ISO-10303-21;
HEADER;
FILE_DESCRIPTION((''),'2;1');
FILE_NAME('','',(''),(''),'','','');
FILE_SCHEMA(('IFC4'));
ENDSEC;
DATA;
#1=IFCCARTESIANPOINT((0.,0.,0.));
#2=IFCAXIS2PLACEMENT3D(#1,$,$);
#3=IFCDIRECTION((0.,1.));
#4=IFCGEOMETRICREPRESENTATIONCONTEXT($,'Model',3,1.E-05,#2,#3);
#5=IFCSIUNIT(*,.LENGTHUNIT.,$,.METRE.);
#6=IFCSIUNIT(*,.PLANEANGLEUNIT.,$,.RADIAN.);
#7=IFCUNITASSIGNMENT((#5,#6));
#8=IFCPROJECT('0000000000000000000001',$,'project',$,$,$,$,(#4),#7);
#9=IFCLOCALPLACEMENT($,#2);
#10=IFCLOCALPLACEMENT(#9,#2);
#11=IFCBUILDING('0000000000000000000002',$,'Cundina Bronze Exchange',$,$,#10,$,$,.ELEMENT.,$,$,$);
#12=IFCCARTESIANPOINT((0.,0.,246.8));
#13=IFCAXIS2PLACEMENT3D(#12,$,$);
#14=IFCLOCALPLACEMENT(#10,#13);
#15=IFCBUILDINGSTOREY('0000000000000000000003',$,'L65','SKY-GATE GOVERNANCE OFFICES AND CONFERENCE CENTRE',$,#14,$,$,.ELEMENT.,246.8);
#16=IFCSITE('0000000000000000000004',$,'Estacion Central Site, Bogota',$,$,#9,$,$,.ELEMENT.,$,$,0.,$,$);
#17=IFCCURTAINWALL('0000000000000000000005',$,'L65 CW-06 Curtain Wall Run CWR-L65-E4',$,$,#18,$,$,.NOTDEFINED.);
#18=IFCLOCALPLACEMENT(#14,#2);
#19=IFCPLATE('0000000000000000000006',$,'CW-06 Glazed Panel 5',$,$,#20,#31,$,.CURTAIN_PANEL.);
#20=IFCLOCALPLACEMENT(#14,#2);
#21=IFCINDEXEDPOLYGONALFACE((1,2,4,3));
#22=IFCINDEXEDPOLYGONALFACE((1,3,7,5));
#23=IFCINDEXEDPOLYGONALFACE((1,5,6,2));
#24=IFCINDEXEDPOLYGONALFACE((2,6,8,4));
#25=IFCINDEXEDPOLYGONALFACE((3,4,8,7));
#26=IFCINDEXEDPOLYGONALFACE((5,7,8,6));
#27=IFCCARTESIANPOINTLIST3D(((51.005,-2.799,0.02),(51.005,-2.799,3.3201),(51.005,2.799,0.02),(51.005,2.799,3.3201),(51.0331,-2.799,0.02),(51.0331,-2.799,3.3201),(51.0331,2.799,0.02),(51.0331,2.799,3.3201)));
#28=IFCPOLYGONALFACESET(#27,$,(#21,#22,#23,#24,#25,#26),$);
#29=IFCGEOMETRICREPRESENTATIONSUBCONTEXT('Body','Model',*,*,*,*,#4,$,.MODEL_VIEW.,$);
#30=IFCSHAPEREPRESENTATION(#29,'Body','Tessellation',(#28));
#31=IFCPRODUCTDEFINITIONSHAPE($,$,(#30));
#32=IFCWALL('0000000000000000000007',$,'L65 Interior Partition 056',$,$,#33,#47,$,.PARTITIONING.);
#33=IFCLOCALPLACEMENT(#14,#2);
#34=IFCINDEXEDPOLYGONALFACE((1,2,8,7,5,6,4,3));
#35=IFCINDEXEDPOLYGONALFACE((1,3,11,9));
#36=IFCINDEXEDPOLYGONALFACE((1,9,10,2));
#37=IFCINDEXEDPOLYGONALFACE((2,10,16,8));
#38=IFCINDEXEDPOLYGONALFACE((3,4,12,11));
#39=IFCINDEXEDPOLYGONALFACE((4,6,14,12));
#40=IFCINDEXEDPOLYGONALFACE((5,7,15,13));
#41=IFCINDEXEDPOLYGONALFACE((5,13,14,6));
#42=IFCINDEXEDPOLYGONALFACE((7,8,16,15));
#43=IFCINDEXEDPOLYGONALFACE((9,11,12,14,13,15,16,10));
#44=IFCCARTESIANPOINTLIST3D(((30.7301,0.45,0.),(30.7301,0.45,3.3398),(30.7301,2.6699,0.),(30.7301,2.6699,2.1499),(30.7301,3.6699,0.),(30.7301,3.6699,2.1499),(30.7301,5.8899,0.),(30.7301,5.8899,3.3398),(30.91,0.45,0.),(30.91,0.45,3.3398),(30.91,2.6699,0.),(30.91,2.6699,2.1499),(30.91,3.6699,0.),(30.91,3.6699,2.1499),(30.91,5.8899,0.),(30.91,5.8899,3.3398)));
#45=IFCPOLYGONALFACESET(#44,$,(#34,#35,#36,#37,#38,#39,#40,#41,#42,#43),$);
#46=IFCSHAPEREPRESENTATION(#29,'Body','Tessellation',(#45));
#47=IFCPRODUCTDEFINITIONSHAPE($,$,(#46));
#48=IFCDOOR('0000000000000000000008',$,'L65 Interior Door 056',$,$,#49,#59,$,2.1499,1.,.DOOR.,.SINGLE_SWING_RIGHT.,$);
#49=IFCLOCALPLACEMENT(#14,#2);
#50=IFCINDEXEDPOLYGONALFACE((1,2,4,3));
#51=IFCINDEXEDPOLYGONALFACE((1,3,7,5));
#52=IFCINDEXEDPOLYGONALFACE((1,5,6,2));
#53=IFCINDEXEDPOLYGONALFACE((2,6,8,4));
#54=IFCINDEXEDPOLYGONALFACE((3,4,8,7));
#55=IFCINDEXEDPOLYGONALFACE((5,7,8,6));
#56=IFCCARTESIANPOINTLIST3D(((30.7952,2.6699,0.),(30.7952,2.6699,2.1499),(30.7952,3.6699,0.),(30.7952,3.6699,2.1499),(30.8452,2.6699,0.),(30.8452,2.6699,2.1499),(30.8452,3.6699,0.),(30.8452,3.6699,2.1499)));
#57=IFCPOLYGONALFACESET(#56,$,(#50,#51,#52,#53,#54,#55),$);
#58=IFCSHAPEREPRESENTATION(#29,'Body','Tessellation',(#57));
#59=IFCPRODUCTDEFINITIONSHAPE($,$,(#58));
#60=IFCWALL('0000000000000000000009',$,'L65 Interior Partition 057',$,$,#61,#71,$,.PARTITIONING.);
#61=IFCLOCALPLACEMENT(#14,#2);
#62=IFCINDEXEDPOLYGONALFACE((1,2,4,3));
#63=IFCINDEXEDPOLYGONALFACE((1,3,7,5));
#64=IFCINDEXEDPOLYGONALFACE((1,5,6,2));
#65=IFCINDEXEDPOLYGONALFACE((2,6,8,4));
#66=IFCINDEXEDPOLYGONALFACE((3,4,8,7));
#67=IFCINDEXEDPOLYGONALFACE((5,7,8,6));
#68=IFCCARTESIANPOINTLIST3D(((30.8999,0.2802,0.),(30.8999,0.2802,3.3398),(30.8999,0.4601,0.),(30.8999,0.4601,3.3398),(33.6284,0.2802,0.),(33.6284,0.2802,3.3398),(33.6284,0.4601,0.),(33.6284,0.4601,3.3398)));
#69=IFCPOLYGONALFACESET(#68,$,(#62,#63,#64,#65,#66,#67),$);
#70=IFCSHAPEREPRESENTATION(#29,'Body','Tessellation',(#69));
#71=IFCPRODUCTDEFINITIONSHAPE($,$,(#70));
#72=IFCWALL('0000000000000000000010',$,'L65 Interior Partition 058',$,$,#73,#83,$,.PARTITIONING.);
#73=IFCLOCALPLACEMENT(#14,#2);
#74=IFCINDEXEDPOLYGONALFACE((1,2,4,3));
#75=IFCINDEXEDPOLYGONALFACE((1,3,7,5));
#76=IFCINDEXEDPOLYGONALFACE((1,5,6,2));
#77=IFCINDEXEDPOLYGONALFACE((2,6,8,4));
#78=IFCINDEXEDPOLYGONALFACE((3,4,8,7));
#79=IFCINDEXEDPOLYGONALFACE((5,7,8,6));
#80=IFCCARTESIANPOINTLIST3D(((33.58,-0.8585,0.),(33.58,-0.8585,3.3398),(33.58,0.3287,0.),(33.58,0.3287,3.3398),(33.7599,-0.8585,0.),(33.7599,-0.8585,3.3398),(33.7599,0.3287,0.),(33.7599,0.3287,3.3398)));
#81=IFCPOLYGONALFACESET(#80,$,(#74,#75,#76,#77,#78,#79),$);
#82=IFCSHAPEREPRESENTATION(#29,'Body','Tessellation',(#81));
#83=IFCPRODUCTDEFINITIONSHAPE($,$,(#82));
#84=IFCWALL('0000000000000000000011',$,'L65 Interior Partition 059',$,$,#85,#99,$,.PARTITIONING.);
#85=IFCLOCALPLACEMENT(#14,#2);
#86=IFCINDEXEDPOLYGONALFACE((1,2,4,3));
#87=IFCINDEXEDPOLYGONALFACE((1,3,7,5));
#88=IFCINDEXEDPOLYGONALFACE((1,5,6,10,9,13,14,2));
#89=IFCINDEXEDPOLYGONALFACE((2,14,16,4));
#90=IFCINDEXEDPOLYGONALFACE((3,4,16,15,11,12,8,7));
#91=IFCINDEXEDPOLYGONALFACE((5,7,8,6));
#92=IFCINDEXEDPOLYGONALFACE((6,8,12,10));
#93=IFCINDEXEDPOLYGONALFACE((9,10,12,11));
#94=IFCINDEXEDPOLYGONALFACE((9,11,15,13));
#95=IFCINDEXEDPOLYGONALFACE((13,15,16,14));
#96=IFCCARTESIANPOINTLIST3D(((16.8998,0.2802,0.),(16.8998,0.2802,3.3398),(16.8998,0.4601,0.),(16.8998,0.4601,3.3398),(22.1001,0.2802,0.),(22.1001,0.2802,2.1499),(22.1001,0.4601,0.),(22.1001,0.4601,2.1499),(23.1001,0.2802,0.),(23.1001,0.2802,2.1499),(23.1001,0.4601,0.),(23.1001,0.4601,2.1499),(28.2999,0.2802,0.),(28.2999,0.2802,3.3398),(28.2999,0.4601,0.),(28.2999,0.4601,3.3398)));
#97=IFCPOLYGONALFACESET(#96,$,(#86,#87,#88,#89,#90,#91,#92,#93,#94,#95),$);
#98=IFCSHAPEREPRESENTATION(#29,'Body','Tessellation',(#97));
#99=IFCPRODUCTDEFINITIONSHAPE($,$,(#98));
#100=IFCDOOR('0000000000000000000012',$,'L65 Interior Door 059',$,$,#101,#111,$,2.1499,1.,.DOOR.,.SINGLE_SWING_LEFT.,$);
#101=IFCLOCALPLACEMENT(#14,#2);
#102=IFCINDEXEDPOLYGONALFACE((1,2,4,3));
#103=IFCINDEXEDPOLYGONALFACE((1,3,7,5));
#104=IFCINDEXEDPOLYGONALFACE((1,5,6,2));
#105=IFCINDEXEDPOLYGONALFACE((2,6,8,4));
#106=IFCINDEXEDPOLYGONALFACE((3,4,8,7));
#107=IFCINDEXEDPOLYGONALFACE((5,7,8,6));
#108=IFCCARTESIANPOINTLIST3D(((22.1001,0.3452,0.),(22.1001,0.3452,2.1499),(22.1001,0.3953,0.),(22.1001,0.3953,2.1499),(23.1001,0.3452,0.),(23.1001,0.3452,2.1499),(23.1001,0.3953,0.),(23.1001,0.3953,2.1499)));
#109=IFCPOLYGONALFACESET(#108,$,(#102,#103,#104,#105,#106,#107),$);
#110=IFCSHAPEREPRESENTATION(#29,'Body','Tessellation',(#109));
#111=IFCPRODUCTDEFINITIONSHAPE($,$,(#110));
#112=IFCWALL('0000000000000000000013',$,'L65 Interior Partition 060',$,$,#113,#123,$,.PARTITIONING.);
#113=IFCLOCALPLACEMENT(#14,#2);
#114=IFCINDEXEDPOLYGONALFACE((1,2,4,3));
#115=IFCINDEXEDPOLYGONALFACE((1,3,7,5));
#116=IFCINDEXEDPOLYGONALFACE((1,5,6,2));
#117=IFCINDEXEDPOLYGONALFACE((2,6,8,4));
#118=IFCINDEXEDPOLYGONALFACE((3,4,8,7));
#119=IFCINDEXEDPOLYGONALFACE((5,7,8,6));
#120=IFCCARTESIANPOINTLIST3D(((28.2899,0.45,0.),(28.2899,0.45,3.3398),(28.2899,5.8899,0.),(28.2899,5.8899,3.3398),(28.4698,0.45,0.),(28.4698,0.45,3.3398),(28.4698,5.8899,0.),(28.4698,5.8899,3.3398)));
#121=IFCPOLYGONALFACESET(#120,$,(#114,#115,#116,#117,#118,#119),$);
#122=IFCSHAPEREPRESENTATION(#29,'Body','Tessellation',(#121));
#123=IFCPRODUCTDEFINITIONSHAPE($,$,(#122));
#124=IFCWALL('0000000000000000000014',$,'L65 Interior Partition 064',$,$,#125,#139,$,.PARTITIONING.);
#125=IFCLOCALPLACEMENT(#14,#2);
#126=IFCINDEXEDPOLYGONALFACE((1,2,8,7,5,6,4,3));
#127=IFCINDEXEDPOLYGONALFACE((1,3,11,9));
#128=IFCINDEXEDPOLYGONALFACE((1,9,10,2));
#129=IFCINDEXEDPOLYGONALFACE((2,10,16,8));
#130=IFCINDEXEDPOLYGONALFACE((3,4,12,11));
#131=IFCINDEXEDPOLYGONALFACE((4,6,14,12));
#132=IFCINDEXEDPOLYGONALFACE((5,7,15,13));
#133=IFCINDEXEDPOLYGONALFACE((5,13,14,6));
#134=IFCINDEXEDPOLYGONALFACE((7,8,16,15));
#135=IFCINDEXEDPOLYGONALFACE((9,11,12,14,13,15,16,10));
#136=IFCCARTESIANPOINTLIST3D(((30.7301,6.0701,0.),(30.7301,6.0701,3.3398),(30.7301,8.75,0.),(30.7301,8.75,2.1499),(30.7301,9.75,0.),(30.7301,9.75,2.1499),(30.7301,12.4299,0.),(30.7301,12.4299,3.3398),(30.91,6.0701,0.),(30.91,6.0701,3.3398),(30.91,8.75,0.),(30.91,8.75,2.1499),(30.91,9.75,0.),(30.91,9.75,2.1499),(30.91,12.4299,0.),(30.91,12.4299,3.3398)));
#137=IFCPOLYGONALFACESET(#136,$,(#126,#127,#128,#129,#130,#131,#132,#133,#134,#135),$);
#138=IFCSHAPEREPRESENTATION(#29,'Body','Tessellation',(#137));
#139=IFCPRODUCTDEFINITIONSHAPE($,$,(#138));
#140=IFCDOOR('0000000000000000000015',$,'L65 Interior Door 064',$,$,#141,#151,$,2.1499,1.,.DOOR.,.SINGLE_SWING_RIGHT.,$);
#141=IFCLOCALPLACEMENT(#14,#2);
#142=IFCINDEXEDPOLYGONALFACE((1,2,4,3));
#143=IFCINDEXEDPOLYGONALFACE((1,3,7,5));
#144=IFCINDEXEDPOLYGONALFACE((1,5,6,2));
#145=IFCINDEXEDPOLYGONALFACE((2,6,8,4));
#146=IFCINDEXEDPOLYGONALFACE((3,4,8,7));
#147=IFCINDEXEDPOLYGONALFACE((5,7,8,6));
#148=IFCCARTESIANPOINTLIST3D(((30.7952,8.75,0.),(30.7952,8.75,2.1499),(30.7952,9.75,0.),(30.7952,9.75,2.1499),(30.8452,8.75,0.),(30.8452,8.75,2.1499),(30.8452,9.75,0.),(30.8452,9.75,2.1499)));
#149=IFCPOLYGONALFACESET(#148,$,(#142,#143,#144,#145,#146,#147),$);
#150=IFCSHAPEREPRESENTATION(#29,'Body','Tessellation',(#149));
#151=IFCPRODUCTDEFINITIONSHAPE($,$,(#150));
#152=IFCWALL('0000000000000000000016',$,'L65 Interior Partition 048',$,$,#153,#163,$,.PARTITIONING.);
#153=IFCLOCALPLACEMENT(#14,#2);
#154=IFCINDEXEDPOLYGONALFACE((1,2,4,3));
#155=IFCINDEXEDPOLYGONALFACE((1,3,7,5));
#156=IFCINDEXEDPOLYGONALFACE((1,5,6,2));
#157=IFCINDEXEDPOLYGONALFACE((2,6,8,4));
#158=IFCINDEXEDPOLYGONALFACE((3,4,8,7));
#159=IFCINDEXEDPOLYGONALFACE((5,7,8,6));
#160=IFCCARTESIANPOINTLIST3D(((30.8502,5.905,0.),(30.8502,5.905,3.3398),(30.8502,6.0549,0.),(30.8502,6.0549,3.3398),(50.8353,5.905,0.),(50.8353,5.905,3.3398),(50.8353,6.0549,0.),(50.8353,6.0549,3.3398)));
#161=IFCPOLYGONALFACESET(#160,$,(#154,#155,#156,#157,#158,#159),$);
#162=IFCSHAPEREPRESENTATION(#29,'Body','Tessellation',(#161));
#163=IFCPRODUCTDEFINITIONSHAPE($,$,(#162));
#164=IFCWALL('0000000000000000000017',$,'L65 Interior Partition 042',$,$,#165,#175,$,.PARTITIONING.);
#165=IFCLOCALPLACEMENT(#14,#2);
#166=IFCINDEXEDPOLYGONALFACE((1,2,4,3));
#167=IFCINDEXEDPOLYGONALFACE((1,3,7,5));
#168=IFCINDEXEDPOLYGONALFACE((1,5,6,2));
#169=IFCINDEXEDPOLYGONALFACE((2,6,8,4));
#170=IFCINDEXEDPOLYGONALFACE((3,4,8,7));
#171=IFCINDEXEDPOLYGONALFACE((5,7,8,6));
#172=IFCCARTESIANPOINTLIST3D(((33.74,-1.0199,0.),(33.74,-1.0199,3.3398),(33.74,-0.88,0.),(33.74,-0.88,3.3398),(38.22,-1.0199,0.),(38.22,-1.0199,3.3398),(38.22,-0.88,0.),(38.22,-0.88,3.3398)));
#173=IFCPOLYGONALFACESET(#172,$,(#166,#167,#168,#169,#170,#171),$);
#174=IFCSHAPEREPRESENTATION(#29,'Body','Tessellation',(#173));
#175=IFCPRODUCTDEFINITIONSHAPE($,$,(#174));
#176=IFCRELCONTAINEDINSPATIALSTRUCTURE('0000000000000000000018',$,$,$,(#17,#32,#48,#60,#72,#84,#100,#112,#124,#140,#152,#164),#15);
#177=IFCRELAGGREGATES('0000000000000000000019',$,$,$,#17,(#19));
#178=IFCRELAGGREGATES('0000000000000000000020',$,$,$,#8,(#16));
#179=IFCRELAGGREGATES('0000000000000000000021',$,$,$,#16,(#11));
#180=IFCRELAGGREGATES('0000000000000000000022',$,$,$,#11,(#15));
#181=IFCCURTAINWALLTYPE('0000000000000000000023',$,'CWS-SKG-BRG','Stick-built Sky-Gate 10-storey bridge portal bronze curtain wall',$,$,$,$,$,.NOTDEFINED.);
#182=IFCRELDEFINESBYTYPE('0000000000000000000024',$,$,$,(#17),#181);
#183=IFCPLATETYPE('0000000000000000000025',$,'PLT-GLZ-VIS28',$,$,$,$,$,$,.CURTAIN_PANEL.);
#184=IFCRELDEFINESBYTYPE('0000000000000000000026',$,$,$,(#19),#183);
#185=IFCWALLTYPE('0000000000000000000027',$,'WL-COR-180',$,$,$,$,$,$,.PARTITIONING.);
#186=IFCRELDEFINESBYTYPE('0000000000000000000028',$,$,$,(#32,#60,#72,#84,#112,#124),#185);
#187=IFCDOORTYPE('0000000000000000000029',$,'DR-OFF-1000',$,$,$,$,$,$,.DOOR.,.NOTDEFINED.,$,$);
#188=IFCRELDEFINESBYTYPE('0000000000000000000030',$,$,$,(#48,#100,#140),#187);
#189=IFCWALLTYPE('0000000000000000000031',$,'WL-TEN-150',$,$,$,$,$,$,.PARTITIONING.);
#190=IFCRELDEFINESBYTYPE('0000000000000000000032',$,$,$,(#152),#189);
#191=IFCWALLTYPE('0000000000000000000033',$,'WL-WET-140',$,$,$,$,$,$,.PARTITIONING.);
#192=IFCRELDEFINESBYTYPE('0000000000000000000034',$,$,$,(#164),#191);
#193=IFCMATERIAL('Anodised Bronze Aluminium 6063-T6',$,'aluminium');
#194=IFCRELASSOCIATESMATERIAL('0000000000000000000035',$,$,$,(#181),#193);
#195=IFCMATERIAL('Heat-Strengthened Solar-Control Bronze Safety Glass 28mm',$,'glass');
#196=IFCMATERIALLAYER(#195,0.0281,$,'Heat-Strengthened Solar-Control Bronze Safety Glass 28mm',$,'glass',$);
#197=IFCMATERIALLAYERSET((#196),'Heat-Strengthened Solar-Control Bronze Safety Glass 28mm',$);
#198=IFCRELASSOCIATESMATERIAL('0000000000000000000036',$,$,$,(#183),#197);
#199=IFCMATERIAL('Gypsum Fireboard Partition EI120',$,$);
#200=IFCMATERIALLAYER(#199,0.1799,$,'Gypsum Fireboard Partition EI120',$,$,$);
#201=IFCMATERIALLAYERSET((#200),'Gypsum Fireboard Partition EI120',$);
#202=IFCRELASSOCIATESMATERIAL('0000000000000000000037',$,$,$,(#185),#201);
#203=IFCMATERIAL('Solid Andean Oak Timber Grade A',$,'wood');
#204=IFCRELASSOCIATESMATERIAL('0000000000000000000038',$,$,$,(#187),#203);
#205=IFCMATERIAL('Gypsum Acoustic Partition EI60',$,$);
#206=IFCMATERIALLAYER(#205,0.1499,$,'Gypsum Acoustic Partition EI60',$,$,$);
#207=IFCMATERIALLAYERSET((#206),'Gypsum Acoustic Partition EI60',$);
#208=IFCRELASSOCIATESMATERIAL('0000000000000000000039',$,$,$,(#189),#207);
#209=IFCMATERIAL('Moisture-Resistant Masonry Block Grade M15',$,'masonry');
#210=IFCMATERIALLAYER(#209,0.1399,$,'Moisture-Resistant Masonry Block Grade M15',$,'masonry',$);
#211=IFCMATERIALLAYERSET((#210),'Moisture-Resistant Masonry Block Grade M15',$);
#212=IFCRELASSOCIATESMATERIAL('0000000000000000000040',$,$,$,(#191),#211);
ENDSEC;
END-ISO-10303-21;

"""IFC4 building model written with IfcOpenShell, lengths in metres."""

from ifc_helpers import new_model, si_unit, direction, frame, frame_2d, origin, origin_2d, place, context, subcontext, project, spatial, rectangle, extrude, material, layer, layer_set, type_object, element, fill, aggregate, save


model = new_model("IFC4")

# Units and contexts
model_context = context("Model", 3, precision=1e-05, world=origin(), true_north=direction((0.0, 1.0)))
body_context = subcontext(model_context, "Body", "Model", "MODEL_VIEW")
ifc_project = project(units=[si_unit("LENGTHUNIT", "METRE"), si_unit("PLANEANGLEUNIT", "RADIAN")], contexts=[model_context])

# Site, building, storey
site_placement = place(None, origin())
site = spatial("IfcSite", under=ifc_project, at=site_placement, Name="Estacion Central Site, Bogota", CompositionType="ELEMENT", RefElevation=0.0)
building_placement = place(site_placement, origin())
building = spatial("IfcBuilding", under=site, at=building_placement, Name="Cundina Bronze Exchange", CompositionType="ELEMENT")
storey_placement = place(building_placement, frame((0.0, 0.0, 246.8)))
storey = spatial("IfcBuildingStorey", under=building, at=storey_placement, Name="L65", Description="SKY-GATE GOVERNANCE OFFICES AND CONFERENCE CENTRE", CompositionType="ELEMENT", Elevation=246.8)

# Curtain wall
ifc_material_1 = material(Name="Anodised Bronze Aluminium 6063-T6", Category="aluminium")
curtain_wall_type = type_object("IfcCurtainWallType", Name="CWS-SKG-BRG", Description="Stick-built Sky-Gate 10-storey bridge portal bronze curtain wall", PredefinedType="NOTDEFINED", material=ifc_material_1)
curtain_wall_1_placement = place(storey_placement, origin())
curtain_wall_1 = element("IfcCurtainWall", 1, at=curtain_wall_1_placement, inside=storey, type_object=curtain_wall_type, Name="L65 CW-06 Curtain Wall Run CWR-L65-E4", PredefinedType="NOTDEFINED")

# Plate
ifc_material_2 = material(Name="Heat-Strengthened Solar-Control Bronze Safety Glass 28mm", Category="glass")
ifc_layer_1 = layer(ifc_material_2, 0.0281, Name="Heat-Strengthened Solar-Control Bronze Safety Glass 28mm", Category="glass")
ifc_layer_set_1 = layer_set([ifc_layer_1], Name="Heat-Strengthened Solar-Control Bronze Safety Glass 28mm")
plate_type = type_object("IfcPlateType", Name="PLT-GLZ-VIS28", PredefinedType="CURTAIN_PANEL", material=ifc_layer_set_1)
plate_1_placement = place(storey_placement, frame((51.019, 0.0, 0.02), z_axis=(0.0, 0.0, 1.0), x_axis=(0.0, 1.0, 0.0)))
plate_1 = element("IfcPlate", 2, at=plate_1_placement, type_object=plate_type, Name="CW-06 Glazed Panel 5", PredefinedType="CURTAIN_PANEL", context=body_context, shape_type="SweptSolid", body=[
    extrude(rectangle(XDim=5.5979, YDim=0.0281, at=origin_2d()), origin(), (0.0, 0.0, 1.0), 3.3),
])
aggregate(curtain_wall_1, [plate_1])

# Wall, opening, door
ifc_material_3 = material(Name="Gypsum Fireboard Partition EI120")
ifc_layer_2 = layer(ifc_material_3, 0.1799, Name="Gypsum Fireboard Partition EI120")
ifc_layer_set_2 = layer_set([ifc_layer_2], Name="Gypsum Fireboard Partition EI120")
wall_type_1 = type_object("IfcWallType", Name="WL-COR-180", PredefinedType="PARTITIONING", material=ifc_layer_set_2)
wall_1_placement = place(storey_placement, frame((30.8201, 0.45, 0.0), z_axis=(0.0, 0.0, 1.0), x_axis=(0.0, 1.0, 0.0)))
wall_1 = element("IfcWall", 3, at=wall_1_placement, inside=storey, type_object=wall_type_1, Name="L65 Interior Partition 056", PredefinedType="PARTITIONING", context=body_context, shape_type="SweptSolid", body=[
    extrude(rectangle(XDim=5.4399, YDim=0.1799, at=frame_2d((2.72, 0.0))), origin(), (0.0, 0.0, 1.0), 3.3398),
])
opening_1_placement = place(wall_1_placement, frame((2.22, 0.0, 0.0)))
opening_1 = element("IfcOpeningElement", 4, at=opening_1_placement, cuts=wall_1, PredefinedType="OPENING", context=body_context, shape_type="SweptSolid", body=[
    extrude(rectangle(XDim=1.0, YDim=2.1499, at=frame_2d((0.5, 1.075))), frame((0.0, 0.0999, 0.0), z_axis=(0.0, -1.0, 0.0), x_axis=(1.0, 0.0, 0.0)), (0.0, 0.0, 1.0), 0.2),
])
ifc_material_4 = material(Name="Solid Andean Oak Timber Grade A", Category="wood")
door_type = type_object("IfcDoorType", Name="DR-OFF-1000", OperationType="NOTDEFINED", PredefinedType="DOOR", material=ifc_material_4)
door_1_placement = place(opening_1_placement, origin())
door_1 = element("IfcDoor", 5, at=door_1_placement, inside=storey, type_object=door_type, Name="L65 Interior Door 056", OperationType="SINGLE_SWING_RIGHT", OverallHeight=2.1499, OverallWidth=1.0, PredefinedType="DOOR", context=body_context, shape_type="SweptSolid", body=[
    extrude(rectangle(XDim=1.0, YDim=2.1499, at=frame_2d((0.5, 1.075))), frame((0.0, 0.0249, 0.0), z_axis=(0.0, -1.0, 0.0), x_axis=(1.0, 0.0, 0.0)), (0.0, 0.0, 1.0), 0.05),
])
fill(opening_1, door_1)

# Walls
wall_2_placement = place(storey_placement, frame((33.6284, 0.3701, 0.0), z_axis=(0.0, 0.0, 1.0), x_axis=(-1.0, 0.0, 0.0)))
element("IfcWall", 6, at=wall_2_placement, inside=storey, type_object=wall_type_1, Name="L65 Interior Partition 057", PredefinedType="PARTITIONING", context=body_context, shape_type="SweptSolid", body=[
    extrude(rectangle(XDim=2.7285, YDim=0.1799, at=frame_2d((1.3643, 0.0))), origin(), (0.0, 0.0, 1.0), 3.3398),
])
wall_3_placement = place(storey_placement, frame((33.6699, -0.8586, 0.0), z_axis=(0.0, 0.0, 1.0), x_axis=(0.0, 1.0, 0.0)))
element("IfcWall", 7, at=wall_3_placement, inside=storey, type_object=wall_type_1, Name="L65 Interior Partition 058", PredefinedType="PARTITIONING", context=body_context, shape_type="SweptSolid", body=[
    extrude(rectangle(XDim=1.1873, YDim=0.1799, at=frame_2d((0.5938, 0.0))), origin(), (0.0, 0.0, 1.0), 3.3398),
])

# Wall, opening, door
wall_4_placement = place(storey_placement, frame((28.3, 0.3701, 0.0), z_axis=(0.0, 0.0, 1.0), x_axis=(-1.0, 0.0, 0.0)))
wall_4 = element("IfcWall", 8, at=wall_4_placement, inside=storey, type_object=wall_type_1, Name="L65 Interior Partition 059", PredefinedType="PARTITIONING", context=body_context, shape_type="SweptSolid", body=[
    extrude(rectangle(XDim=11.4001, YDim=0.1799, at=frame_2d((5.7002, 0.0))), origin(), (0.0, 0.0, 1.0), 3.3398),
])
opening_2_placement = place(wall_4_placement, frame((5.2, 0.0, 0.0)))
opening_2 = element("IfcOpeningElement", 9, at=opening_2_placement, cuts=wall_4, PredefinedType="OPENING", context=body_context, shape_type="SweptSolid", body=[
    extrude(rectangle(XDim=1.0, YDim=2.1499, at=frame_2d((0.5, 1.075))), frame((0.0, 0.0999, 0.0), z_axis=(0.0, -1.0, 0.0), x_axis=(1.0, 0.0, 0.0)), (0.0, 0.0, 1.0), 0.2),
])
door_2_placement = place(opening_2_placement, origin())
door_2 = element("IfcDoor", 10, at=door_2_placement, inside=storey, type_object=door_type, Name="L65 Interior Door 059", OperationType="SINGLE_SWING_LEFT", OverallHeight=2.1499, OverallWidth=1.0, PredefinedType="DOOR", context=body_context, shape_type="SweptSolid", body=[
    extrude(rectangle(XDim=1.0, YDim=2.1499, at=frame_2d((0.5, 1.075))), frame((0.0, 0.0249, 0.0), z_axis=(0.0, -1.0, 0.0), x_axis=(1.0, 0.0, 0.0)), (0.0, 0.0, 1.0), 0.05),
])
fill(opening_2, door_2)

# Wall
wall_5_placement = place(storey_placement, frame((28.3799, 5.8899, 0.0), z_axis=(0.0, 0.0, 1.0), x_axis=(0.0, -1.0, 0.0)))
element("IfcWall", 11, at=wall_5_placement, inside=storey, type_object=wall_type_1, Name="L65 Interior Partition 060", PredefinedType="PARTITIONING", context=body_context, shape_type="SweptSolid", body=[
    extrude(rectangle(XDim=5.4399, YDim=0.1799, at=frame_2d((2.72, 0.0))), origin(), (0.0, 0.0, 1.0), 3.3398),
])

# Wall, opening, door
wall_6_placement = place(storey_placement, frame((30.8201, 6.0701, 0.0), z_axis=(0.0, 0.0, 1.0), x_axis=(0.0, 1.0, 0.0)))
wall_6 = element("IfcWall", 12, at=wall_6_placement, inside=storey, type_object=wall_type_1, Name="L65 Interior Partition 064", PredefinedType="PARTITIONING", context=body_context, shape_type="SweptSolid", body=[
    extrude(rectangle(XDim=6.3599, YDim=0.1799, at=frame_2d((3.1799, 0.0))), origin(), (0.0, 0.0, 1.0), 3.3398),
])
opening_3_placement = place(wall_6_placement, frame((2.6799, 0.0, 0.0)))
opening_3 = element("IfcOpeningElement", 13, at=opening_3_placement, cuts=wall_6, PredefinedType="OPENING", context=body_context, shape_type="SweptSolid", body=[
    extrude(rectangle(XDim=1.0, YDim=2.1499, at=frame_2d((0.5, 1.075))), frame((0.0, 0.0999, 0.0), z_axis=(0.0, -1.0, 0.0), x_axis=(1.0, 0.0, 0.0)), (0.0, 0.0, 1.0), 0.2),
])
door_3_placement = place(opening_3_placement, origin())
door_3 = element("IfcDoor", 14, at=door_3_placement, inside=storey, type_object=door_type, Name="L65 Interior Door 064", OperationType="SINGLE_SWING_RIGHT", OverallHeight=2.1499, OverallWidth=1.0, PredefinedType="DOOR", context=body_context, shape_type="SweptSolid", body=[
    extrude(rectangle(XDim=1.0, YDim=2.1499, at=frame_2d((0.5, 1.075))), frame((0.0, 0.0249, 0.0), z_axis=(0.0, -1.0, 0.0), x_axis=(1.0, 0.0, 0.0)), (0.0, 0.0, 1.0), 0.05),
])
fill(opening_3, door_3)

# Walls
ifc_material_5 = material(Name="Gypsum Acoustic Partition EI60")
ifc_layer_3 = layer(ifc_material_5, 0.1499, Name="Gypsum Acoustic Partition EI60")
ifc_layer_set_3 = layer_set([ifc_layer_3], Name="Gypsum Acoustic Partition EI60")
wall_type_2 = type_object("IfcWallType", Name="WL-TEN-150", PredefinedType="PARTITIONING", material=ifc_layer_set_3)
wall_7_placement = place(storey_placement, frame((30.8501, 5.98, 0.0), z_axis=(0.0, 0.0, 1.0), x_axis=(1.0, 0.0, 0.0)))
element("IfcWall", 15, at=wall_7_placement, inside=storey, type_object=wall_type_2, Name="L65 Interior Partition 048", PredefinedType="PARTITIONING", context=body_context, shape_type="SweptSolid", body=[
    extrude(rectangle(XDim=19.9851, YDim=0.1499, at=frame_2d((9.9927, 0.0))), origin(), (0.0, 0.0, 1.0), 3.3398),
])
ifc_material_6 = material(Name="Moisture-Resistant Masonry Block Grade M15", Category="masonry")
ifc_layer_4 = layer(ifc_material_6, 0.1399, Name="Moisture-Resistant Masonry Block Grade M15", Category="masonry")
ifc_layer_set_4 = layer_set([ifc_layer_4], Name="Moisture-Resistant Masonry Block Grade M15")
wall_type_3 = type_object("IfcWallType", Name="WL-WET-140", PredefinedType="PARTITIONING", material=ifc_layer_set_4)
wall_8_placement = place(storey_placement, frame((33.74, -0.95, 0.0), z_axis=(0.0, 0.0, 1.0), x_axis=(1.0, 0.0, 0.0)))
element("IfcWall", 16, at=wall_8_placement, inside=storey, type_object=wall_type_3, Name="L65 Interior Partition 042", PredefinedType="PARTITIONING", context=body_context, shape_type="SweptSolid", body=[
    extrude(rectangle(XDim=4.48, YDim=0.1399, at=frame_2d((2.24, 0.0))), origin(), (0.0, 0.0, 1.0), 3.3398),
])

save(model, "model.ifc")
